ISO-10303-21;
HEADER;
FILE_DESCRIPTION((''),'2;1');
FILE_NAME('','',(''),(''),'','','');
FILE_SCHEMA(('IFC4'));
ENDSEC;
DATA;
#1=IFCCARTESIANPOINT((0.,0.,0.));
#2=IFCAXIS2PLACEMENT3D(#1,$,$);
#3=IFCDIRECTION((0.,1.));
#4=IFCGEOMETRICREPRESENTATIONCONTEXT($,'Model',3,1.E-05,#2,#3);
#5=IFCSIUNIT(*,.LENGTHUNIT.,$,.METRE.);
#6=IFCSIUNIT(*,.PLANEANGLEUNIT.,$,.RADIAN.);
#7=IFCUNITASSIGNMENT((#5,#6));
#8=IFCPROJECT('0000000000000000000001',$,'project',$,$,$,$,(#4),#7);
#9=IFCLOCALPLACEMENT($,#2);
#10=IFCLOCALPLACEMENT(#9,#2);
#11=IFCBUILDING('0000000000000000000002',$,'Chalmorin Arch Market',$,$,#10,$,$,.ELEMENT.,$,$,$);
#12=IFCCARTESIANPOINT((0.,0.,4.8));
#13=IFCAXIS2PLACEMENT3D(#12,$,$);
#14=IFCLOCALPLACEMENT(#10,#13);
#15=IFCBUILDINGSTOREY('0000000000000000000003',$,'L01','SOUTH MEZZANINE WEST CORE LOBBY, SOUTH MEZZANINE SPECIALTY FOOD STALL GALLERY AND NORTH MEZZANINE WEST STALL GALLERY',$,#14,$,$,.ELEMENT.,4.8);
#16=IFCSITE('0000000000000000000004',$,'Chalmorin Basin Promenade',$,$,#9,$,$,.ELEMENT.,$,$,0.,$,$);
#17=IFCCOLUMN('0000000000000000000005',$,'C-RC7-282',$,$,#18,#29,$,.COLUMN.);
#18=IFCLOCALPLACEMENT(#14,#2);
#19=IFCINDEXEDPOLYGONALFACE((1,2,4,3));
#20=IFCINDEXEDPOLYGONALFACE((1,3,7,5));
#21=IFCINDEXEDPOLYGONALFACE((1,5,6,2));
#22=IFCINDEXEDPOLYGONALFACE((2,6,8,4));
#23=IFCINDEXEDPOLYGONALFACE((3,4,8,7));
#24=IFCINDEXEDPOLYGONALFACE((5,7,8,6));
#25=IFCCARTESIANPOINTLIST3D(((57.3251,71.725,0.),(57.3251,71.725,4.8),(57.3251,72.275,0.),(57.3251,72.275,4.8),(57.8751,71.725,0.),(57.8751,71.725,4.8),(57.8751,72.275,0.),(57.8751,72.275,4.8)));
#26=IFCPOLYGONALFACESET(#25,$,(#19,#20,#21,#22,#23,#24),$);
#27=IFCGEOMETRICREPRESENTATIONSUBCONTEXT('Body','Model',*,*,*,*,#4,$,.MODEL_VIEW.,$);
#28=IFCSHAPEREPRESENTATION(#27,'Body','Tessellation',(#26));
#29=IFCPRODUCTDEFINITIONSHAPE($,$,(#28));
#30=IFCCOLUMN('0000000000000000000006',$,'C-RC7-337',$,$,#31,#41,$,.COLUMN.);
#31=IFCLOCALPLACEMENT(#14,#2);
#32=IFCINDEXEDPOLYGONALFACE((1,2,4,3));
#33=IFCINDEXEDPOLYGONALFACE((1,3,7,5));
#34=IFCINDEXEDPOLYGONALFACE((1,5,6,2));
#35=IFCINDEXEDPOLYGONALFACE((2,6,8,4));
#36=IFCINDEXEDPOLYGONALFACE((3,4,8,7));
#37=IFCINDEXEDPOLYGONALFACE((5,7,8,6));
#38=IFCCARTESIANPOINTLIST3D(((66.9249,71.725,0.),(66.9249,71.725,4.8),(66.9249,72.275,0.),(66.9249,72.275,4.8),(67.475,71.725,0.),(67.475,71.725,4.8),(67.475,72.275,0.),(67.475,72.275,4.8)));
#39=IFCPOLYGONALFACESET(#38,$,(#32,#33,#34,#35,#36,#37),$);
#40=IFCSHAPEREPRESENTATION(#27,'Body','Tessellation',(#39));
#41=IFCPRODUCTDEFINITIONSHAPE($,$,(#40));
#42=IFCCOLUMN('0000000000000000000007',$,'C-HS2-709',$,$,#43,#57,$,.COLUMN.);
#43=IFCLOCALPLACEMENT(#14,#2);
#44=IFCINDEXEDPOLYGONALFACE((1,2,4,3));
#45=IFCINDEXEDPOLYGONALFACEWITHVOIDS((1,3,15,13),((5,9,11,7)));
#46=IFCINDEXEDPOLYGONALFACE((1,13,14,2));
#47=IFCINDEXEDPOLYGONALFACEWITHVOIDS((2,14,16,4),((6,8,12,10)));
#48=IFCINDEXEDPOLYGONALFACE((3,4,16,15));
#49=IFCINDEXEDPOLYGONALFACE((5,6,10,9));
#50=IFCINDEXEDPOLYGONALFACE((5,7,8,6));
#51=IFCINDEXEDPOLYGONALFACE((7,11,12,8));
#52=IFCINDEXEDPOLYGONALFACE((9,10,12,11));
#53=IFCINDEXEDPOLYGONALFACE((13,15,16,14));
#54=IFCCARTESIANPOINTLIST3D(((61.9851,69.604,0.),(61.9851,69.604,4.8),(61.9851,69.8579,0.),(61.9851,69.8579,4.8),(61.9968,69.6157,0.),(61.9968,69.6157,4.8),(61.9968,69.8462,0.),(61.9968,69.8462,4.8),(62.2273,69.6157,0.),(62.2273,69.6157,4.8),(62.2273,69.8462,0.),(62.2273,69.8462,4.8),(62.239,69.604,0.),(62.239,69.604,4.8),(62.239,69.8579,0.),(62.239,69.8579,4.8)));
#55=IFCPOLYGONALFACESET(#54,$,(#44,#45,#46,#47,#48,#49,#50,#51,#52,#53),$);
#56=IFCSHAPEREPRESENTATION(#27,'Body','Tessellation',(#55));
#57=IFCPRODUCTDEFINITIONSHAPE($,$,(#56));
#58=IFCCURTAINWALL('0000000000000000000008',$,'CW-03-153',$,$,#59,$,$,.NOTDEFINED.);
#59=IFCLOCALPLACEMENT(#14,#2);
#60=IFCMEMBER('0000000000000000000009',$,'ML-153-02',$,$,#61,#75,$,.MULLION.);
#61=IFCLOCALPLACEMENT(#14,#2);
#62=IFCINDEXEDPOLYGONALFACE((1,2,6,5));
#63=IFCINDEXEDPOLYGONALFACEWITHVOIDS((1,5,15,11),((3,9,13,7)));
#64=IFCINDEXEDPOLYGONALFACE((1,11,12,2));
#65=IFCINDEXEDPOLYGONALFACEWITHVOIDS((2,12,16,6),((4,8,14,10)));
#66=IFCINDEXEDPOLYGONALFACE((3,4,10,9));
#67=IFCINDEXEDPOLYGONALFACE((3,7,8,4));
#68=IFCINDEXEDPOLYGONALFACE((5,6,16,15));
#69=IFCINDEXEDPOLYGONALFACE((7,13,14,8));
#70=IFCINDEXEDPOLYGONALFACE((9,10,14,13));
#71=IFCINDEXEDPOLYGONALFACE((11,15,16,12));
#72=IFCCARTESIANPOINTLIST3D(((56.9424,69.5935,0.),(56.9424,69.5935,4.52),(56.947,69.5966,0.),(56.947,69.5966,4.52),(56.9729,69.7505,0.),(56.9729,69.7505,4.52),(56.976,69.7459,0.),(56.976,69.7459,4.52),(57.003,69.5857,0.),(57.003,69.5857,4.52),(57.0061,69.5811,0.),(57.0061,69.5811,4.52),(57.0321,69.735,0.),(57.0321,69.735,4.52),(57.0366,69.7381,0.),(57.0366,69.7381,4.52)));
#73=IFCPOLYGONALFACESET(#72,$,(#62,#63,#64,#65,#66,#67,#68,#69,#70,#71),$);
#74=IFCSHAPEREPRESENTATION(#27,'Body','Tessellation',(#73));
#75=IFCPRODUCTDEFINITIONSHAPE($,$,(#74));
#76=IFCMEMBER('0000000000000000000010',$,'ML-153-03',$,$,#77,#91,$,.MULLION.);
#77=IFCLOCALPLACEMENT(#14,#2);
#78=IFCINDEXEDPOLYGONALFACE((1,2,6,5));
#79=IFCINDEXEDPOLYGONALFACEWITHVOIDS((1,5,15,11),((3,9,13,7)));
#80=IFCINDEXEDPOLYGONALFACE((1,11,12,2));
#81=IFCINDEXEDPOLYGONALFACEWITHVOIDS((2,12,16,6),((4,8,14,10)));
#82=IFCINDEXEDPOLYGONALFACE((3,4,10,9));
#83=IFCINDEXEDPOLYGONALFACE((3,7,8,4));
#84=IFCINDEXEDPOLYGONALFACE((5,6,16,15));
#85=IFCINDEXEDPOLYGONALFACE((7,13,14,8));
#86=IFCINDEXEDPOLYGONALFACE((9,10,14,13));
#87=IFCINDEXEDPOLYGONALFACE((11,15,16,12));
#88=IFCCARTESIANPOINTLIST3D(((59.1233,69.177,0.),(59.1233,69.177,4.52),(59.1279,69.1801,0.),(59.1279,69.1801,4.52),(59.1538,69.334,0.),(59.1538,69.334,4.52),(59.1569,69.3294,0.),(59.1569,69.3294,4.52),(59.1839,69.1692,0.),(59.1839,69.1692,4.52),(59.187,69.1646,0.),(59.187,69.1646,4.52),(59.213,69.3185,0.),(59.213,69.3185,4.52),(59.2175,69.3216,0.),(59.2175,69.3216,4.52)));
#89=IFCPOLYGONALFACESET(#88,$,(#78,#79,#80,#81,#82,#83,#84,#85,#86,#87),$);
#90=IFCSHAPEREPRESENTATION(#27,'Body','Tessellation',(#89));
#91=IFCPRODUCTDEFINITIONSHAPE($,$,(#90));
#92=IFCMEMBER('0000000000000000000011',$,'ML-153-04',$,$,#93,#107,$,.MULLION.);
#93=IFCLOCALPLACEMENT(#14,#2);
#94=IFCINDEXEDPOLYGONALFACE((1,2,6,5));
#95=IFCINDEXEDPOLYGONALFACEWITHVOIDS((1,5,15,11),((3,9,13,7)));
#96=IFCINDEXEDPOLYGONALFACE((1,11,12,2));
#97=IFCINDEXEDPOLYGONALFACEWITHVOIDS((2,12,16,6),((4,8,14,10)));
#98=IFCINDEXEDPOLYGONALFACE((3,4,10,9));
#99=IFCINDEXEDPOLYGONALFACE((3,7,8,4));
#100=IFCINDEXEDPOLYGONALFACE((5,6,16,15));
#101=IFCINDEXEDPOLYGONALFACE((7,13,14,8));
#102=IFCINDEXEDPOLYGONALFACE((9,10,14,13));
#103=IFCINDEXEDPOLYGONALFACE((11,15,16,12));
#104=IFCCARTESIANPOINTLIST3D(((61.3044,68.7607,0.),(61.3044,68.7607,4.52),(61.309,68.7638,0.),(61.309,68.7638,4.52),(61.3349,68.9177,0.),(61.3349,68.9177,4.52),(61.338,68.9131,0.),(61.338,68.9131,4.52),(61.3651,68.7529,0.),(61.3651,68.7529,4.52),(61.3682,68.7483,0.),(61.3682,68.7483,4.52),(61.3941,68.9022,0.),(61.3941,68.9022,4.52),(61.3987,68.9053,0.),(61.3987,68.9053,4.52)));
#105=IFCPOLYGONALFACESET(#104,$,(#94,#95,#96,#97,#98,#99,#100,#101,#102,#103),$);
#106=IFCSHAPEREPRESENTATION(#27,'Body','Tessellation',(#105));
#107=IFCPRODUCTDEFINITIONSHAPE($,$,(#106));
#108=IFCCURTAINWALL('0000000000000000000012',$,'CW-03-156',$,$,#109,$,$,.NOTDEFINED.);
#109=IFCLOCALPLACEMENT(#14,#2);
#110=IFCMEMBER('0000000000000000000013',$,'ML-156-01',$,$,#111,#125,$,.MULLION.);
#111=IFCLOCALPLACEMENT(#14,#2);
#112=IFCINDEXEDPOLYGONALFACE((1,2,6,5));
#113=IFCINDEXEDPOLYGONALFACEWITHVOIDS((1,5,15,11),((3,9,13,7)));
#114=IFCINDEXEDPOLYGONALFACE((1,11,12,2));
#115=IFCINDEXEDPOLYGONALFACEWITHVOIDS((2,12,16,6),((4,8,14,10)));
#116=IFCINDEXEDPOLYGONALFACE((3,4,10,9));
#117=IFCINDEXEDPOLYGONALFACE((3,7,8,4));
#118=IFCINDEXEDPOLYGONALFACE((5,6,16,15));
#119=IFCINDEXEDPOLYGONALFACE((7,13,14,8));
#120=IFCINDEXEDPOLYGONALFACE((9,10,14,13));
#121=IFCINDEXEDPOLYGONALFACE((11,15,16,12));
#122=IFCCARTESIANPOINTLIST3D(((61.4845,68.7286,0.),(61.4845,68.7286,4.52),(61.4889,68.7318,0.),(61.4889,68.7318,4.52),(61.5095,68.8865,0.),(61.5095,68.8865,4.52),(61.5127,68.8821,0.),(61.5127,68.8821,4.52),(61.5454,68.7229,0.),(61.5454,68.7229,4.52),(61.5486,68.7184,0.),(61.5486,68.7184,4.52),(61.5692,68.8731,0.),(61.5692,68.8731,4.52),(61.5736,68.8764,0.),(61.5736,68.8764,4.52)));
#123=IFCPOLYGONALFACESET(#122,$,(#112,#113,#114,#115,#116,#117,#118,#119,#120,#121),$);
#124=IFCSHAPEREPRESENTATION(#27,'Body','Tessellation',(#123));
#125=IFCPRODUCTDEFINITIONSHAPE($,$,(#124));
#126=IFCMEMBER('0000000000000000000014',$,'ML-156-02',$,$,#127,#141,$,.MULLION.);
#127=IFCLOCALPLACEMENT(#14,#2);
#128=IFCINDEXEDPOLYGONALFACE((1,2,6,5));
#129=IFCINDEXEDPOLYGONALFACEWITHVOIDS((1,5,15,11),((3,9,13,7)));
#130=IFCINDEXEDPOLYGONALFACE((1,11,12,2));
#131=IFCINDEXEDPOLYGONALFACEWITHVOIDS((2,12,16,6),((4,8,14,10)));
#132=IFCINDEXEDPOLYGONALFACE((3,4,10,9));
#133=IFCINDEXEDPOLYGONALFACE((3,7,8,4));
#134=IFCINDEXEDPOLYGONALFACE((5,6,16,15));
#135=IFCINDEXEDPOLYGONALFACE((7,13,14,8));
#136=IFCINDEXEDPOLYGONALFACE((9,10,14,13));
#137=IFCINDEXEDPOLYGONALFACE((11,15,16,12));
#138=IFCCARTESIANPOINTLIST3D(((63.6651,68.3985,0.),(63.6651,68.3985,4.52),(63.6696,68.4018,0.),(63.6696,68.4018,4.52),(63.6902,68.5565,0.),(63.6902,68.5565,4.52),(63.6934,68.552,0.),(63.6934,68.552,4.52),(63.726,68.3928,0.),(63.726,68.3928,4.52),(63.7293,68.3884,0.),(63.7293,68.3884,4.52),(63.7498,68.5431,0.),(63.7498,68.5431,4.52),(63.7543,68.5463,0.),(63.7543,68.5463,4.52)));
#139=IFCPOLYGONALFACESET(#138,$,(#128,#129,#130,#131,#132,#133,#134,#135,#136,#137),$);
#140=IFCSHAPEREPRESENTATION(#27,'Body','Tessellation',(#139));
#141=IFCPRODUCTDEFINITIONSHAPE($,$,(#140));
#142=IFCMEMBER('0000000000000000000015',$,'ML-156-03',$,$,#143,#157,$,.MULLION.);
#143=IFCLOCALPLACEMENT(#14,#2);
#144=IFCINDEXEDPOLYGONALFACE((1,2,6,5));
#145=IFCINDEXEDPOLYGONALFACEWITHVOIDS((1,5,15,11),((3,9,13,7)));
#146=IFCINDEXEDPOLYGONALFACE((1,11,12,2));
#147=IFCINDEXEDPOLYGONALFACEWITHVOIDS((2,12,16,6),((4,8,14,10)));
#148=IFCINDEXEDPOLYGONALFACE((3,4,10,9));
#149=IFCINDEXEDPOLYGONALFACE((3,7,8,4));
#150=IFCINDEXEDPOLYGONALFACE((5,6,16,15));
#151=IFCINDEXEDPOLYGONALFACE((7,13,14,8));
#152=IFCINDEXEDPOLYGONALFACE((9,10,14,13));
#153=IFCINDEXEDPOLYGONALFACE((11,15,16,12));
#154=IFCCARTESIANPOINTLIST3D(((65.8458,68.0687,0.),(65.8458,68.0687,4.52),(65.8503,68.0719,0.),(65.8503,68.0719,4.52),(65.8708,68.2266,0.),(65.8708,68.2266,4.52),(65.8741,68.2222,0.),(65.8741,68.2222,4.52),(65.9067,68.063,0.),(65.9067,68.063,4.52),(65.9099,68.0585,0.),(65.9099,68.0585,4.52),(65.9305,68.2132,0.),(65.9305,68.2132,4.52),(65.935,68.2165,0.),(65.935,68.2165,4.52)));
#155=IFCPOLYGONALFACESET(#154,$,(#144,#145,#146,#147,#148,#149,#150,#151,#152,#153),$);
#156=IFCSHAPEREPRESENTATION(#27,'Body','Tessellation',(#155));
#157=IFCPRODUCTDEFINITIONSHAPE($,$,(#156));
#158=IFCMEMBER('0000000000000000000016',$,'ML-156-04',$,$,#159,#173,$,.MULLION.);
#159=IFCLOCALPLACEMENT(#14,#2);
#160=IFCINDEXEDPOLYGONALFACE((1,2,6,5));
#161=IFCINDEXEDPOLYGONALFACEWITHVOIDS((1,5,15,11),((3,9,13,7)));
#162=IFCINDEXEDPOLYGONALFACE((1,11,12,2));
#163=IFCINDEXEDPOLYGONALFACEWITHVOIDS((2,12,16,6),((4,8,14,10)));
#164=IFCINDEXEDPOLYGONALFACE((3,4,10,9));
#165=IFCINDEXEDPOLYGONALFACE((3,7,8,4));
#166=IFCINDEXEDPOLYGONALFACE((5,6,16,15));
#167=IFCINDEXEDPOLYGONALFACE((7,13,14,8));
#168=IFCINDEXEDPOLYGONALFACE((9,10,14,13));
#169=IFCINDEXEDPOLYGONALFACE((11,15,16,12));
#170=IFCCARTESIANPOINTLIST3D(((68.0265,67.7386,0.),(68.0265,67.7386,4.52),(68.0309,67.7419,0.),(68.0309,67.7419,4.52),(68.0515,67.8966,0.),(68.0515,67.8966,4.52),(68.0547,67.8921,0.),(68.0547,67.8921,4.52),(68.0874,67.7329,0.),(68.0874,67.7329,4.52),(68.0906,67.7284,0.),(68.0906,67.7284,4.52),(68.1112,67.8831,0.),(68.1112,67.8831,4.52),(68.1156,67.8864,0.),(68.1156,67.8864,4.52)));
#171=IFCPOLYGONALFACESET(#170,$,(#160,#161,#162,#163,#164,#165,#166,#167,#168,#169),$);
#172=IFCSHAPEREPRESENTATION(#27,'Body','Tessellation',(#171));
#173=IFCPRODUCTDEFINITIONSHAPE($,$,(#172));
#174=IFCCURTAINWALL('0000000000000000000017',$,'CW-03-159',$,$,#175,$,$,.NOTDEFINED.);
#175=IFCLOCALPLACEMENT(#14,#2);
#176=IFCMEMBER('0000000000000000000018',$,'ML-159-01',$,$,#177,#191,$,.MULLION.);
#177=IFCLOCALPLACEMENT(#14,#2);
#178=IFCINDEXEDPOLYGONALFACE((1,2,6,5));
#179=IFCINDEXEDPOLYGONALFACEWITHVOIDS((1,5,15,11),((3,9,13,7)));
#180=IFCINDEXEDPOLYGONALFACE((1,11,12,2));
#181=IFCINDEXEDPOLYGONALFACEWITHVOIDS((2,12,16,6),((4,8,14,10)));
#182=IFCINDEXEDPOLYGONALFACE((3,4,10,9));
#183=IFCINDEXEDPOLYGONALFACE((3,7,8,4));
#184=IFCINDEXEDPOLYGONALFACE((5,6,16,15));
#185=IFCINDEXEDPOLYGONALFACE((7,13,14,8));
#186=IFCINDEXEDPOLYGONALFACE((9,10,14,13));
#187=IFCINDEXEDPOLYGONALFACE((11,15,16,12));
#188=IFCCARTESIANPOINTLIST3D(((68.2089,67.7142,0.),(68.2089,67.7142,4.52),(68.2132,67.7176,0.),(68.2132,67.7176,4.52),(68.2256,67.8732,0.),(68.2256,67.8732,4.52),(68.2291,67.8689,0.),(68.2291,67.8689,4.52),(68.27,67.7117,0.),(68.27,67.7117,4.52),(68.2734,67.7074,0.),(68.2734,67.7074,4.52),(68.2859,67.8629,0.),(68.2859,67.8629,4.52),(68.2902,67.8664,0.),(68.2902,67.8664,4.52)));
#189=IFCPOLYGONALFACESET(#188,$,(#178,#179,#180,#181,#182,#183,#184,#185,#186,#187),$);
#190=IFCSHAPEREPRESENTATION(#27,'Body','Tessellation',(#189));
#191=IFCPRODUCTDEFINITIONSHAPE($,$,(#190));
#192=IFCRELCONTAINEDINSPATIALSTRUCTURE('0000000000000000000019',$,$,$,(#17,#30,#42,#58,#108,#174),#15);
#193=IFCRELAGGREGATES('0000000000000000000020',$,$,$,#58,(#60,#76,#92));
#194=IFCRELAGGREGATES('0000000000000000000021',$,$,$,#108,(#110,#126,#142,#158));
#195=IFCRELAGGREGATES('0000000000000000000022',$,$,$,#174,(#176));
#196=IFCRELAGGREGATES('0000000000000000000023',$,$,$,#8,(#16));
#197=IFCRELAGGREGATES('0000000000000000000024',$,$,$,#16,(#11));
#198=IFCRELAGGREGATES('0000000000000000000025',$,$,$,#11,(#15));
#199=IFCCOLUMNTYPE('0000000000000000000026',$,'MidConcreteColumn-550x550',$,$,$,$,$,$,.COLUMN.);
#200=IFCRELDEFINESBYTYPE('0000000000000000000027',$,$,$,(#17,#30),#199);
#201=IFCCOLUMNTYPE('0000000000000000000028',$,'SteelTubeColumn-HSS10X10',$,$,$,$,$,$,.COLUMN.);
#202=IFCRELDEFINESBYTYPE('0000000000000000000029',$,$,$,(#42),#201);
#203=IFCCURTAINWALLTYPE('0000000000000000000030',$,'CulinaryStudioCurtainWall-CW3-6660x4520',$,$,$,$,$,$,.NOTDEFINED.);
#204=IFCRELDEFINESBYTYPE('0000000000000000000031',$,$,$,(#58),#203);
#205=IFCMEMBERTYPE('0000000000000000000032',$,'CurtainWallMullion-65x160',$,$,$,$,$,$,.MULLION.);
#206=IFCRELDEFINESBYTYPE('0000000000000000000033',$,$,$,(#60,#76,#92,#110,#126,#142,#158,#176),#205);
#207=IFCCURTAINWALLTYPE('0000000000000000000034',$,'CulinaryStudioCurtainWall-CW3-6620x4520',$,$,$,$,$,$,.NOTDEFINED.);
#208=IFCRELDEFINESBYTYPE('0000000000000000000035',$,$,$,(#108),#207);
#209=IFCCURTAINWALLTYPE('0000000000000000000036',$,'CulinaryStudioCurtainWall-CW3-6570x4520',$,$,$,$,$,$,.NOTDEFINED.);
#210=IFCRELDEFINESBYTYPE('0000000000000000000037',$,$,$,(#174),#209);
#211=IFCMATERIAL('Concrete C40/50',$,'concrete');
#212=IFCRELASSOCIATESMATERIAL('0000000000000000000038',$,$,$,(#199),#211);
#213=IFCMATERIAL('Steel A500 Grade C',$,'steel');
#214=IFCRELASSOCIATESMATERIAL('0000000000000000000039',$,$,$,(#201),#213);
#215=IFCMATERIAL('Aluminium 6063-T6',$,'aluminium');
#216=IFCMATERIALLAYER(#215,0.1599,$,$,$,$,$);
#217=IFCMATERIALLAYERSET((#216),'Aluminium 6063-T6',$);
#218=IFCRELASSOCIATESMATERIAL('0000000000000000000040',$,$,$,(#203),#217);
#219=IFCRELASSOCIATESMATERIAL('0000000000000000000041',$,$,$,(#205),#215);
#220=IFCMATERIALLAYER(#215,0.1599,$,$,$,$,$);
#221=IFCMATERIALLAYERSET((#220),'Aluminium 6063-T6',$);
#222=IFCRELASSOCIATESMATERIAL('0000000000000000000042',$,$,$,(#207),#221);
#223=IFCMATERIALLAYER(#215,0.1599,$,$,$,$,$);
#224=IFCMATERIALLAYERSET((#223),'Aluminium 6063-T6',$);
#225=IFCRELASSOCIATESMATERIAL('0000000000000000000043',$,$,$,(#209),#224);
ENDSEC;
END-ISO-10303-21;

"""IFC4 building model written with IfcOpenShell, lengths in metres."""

from ifc_helpers import new_model, si_unit, direction, frame, origin, origin_2d, place, context, subcontext, project, spatial, rectangle, hollow_rectangle, extrude, material, layer, layer_set, material_profile, profile_set, type_object, element, aggregate, save


model = new_model("IFC4")

# Units and contexts
model_context = context("Model", 3, precision=1e-05, world=origin(), true_north=direction((0.0, 1.0)))
body_context = subcontext(model_context, "Body", "Model", "MODEL_VIEW")
ifc_project = project(units=[si_unit("LENGTHUNIT", "METRE"), si_unit("PLANEANGLEUNIT", "RADIAN")], contexts=[model_context])

# Site, building, storey
site_placement = place(None, origin())
site = spatial("IfcSite", under=ifc_project, at=site_placement, Name="Chalmorin Basin Promenade", CompositionType="ELEMENT", RefElevation=0.0)
building_placement = place(site_placement, origin())
building = spatial("IfcBuilding", under=site, at=building_placement, Name="Chalmorin Arch Market", CompositionType="ELEMENT")
storey_placement = place(building_placement, frame((0.0, 0.0, 4.8)))
storey = spatial("IfcBuildingStorey", under=building, at=storey_placement, Name="L01", Description="SOUTH MEZZANINE WEST CORE LOBBY, SOUTH MEZZANINE SPECIALTY FOOD STALL GALLERY AND NORTH MEZZANINE WEST STALL GALLERY", CompositionType="ELEMENT", Elevation=4.8)

# Columns
ifc_material_1 = material(Name="Concrete C40/50", Category="concrete")
ifc_material_profile_1 = material_profile(ifc_material_1, rectangle(XDim=0.55, YDim=0.55, at=origin_2d()), Name="RC550X550")
ifc_profile_set_1 = profile_set([ifc_material_profile_1], Name="Concrete C40/50")
column_type_1 = type_object("IfcColumnType", Name="MidConcreteColumn-550x550", PredefinedType="COLUMN", material=ifc_profile_set_1)
for number, where, z_axis, x_axis, name in (
    (1, (57.6001, 72.0, 0.0), (0.0, 0.0, 1.0), (1.0, 0.0, 0.0), "C-RC7-282"),
    (2, (67.2, 72.0, 0.0), (0.0, 0.0, 1.0), (1.0, 0.0, 0.0), "C-RC7-337"),
):
    element("IfcColumn", number, at=place(storey_placement, frame(where, z_axis=z_axis, x_axis=x_axis)), inside=storey, type_object=column_type_1, Name=name, PredefinedType="COLUMN", context=body_context, shape_type="SweptSolid", body=[
        extrude(rectangle(XDim=0.55, YDim=0.55, at=origin_2d()), origin(), (0.0, 0.0, 1.0), 4.8),
    ])
ifc_material_2 = material(Name="Steel A500 Grade C", Category="steel")
ifc_material_profile_2 = material_profile(ifc_material_2, hollow_rectangle(XDim=0.2539, YDim=0.2539, WallThickness=0.0117, at=origin_2d()), Name="HSS10X10X1/2")
ifc_profile_set_2 = profile_set([ifc_material_profile_2], Name="Steel A500 Grade C")
column_type_2 = type_object("IfcColumnType", Name="SteelTubeColumn-HSS10X10", PredefinedType="COLUMN", material=ifc_profile_set_2)
column_placement = place(storey_placement, frame((62.1121, 69.731, 0.0), z_axis=(0.0, 0.0, 1.0), x_axis=(1.0, 0.0, 0.0)))
element("IfcColumn", 3, at=column_placement, inside=storey, type_object=column_type_2, Name="C-HS2-709", PredefinedType="COLUMN", context=body_context, shape_type="SweptSolid", body=[
    extrude(hollow_rectangle(XDim=0.2539, YDim=0.2539, WallThickness=0.0117, at=origin_2d()), origin(), (0.0, 0.0, 1.0), 4.8),
])

# Curtain walls, members
ifc_material_3 = material(Name="Aluminium 6063-T6", Category="aluminium")
ifc_layer_1 = layer(ifc_material_3, 0.1599)
ifc_layer_set_1 = layer_set([ifc_layer_1], Name="Aluminium 6063-T6")
curtain_wall_type_1 = type_object("IfcCurtainWallType", Name="CulinaryStudioCurtainWall-CW3-6660x4520", PredefinedType="NOTDEFINED", material=ifc_layer_set_1)
curtain_wall_1_placement = place(storey_placement, origin())
curtain_wall_1 = element("IfcCurtainWall", 4, at=curtain_wall_1_placement, inside=storey, type_object=curtain_wall_type_1, Name="CW-03-153", PredefinedType="NOTDEFINED")
ifc_material_profile_3 = material_profile(ifc_material_3, hollow_rectangle(XDim=0.0649, YDim=0.1599, WallThickness=0.0039, at=origin_2d()), Name="ALU65X160X4")
ifc_profile_set_3 = profile_set([ifc_material_profile_3], Name="Aluminium 6063-T6")
member_type_1 = type_object("IfcMemberType", Name="CurtainWallMullion-65x160", PredefinedType="MULLION", material=ifc_profile_set_3)
member_1_placement = place(storey_placement, frame((56.9895, 69.6658, 0.0), z_axis=(0.0, 0.0, 1.0), x_axis=(0.981627, -0.190809, 0.0)))
member_1 = element("IfcMember", 5, at=member_1_placement, type_object=member_type_1, Name="ML-153-02", PredefinedType="MULLION", context=body_context, shape_type="SweptSolid", body=[
    extrude(hollow_rectangle(XDim=0.0649, YDim=0.1599, WallThickness=0.0039, at=origin_2d()), origin(), (0.0, 0.0, 1.0), 4.52),
])
member_2_placement = place(storey_placement, frame((59.1704, 69.2493, 0.0), z_axis=(0.0, 0.0, 1.0), x_axis=(0.981627, -0.190809, 0.0)))
member_2 = element("IfcMember", 6, at=member_2_placement, type_object=member_type_1, Name="ML-153-03", PredefinedType="MULLION", context=body_context, shape_type="SweptSolid", body=[
    extrude(hollow_rectangle(XDim=0.0649, YDim=0.1599, WallThickness=0.0039, at=origin_2d()), origin(), (0.0, 0.0, 1.0), 4.52),
])
member_3_placement = place(storey_placement, frame((61.3516, 68.833, 0.0), z_axis=(0.0, 0.0, 1.0), x_axis=(0.981627, -0.190809, 0.0)))
member_3 = element("IfcMember", 7, at=member_3_placement, type_object=member_type_1, Name="ML-153-04", PredefinedType="MULLION", context=body_context, shape_type="SweptSolid", body=[
    extrude(hollow_rectangle(XDim=0.0649, YDim=0.1599, WallThickness=0.0039, at=origin_2d()), origin(), (0.0, 0.0, 1.0), 4.52),
])
ifc_layer_2 = layer(ifc_material_3, 0.1599)
ifc_layer_set_2 = layer_set([ifc_layer_2], Name="Aluminium 6063-T6")
curtain_wall_type_2 = type_object("IfcCurtainWallType", Name="CulinaryStudioCurtainWall-CW3-6620x4520", PredefinedType="NOTDEFINED", material=ifc_layer_set_2)
curtain_wall_2_placement = place(storey_placement, origin())
curtain_wall_2 = element("IfcCurtainWall", 8, at=curtain_wall_2_placement, inside=storey, type_object=curtain_wall_type_2, Name="CW-03-156", PredefinedType="NOTDEFINED")
member_4_placement = place(storey_placement, frame((61.5291, 68.8025, 0.0), z_axis=(0.0, 0.0, 1.0), x_axis=(0.987688, -0.156434, 0.0)))
member_4 = element("IfcMember", 9, at=member_4_placement, type_object=member_type_1, Name="ML-156-01", PredefinedType="MULLION", context=body_context, shape_type="SweptSolid", body=[
    extrude(hollow_rectangle(XDim=0.0649, YDim=0.1599, WallThickness=0.0039, at=origin_2d()), origin(), (0.0, 0.0, 1.0), 4.52),
])
member_5_placement = place(storey_placement, frame((63.7097, 68.4724, 0.0), z_axis=(0.0, 0.0, 1.0), x_axis=(0.987688, -0.156434, 0.0)))
member_5 = element("IfcMember", 10, at=member_5_placement, type_object=member_type_1, Name="ML-156-02", PredefinedType="MULLION", context=body_context, shape_type="SweptSolid", body=[
    extrude(hollow_rectangle(XDim=0.0649, YDim=0.1599, WallThickness=0.0039, at=origin_2d()), origin(), (0.0, 0.0, 1.0), 4.52),
])
member_6_placement = place(storey_placement, frame((65.8904, 68.1426, 0.0), z_axis=(0.0, 0.0, 1.0), x_axis=(0.987688, -0.156434, 0.0)))
member_6 = element("IfcMember", 11, at=member_6_placement, type_object=member_type_1, Name="ML-156-03", PredefinedType="MULLION", context=body_context, shape_type="SweptSolid", body=[
    extrude(hollow_rectangle(XDim=0.0649, YDim=0.1599, WallThickness=0.0039, at=origin_2d()), origin(), (0.0, 0.0, 1.0), 4.52),
])
member_7_placement = place(storey_placement, frame((68.071, 67.8125, 0.0), z_axis=(0.0, 0.0, 1.0), x_axis=(0.987688, -0.156434, 0.0)))
member_7 = element("IfcMember", 12, at=member_7_placement, type_object=member_type_1, Name="ML-156-04", PredefinedType="MULLION", context=body_context, shape_type="SweptSolid", body=[
    extrude(hollow_rectangle(XDim=0.0649, YDim=0.1599, WallThickness=0.0039, at=origin_2d()), origin(), (0.0, 0.0, 1.0), 4.52),
])
ifc_layer_3 = layer(ifc_material_3, 0.1599)
ifc_layer_set_3 = layer_set([ifc_layer_3], Name="Aluminium 6063-T6")
curtain_wall_type_3 = type_object("IfcCurtainWallType", Name="CulinaryStudioCurtainWall-CW3-6570x4520", PredefinedType="NOTDEFINED", material=ifc_layer_set_3)
curtain_wall_3_placement = place(storey_placement, origin())
curtain_wall_3 = element("IfcCurtainWall", 13, at=curtain_wall_3_placement, inside=storey, type_object=curtain_wall_type_3, Name="CW-03-159", PredefinedType="NOTDEFINED")
member_8_placement = place(storey_placement, frame((68.2495, 67.7903, 0.0), z_axis=(0.0, 0.0, 1.0), x_axis=(0.994522, -0.104528, 0.0)))
member_8 = element("IfcMember", 14, at=member_8_placement, type_object=member_type_1, Name="ML-159-01", PredefinedType="MULLION", context=body_context, shape_type="SweptSolid", body=[
    extrude(hollow_rectangle(XDim=0.0649, YDim=0.1599, WallThickness=0.0039, at=origin_2d()), origin(), (0.0, 0.0, 1.0), 4.52),
])

aggregate(curtain_wall_1, [member_1, member_2, member_3])
aggregate(curtain_wall_2, [member_4, member_5, member_6, member_7])
aggregate(curtain_wall_3, [member_8])

save(model, "model.ifc")
